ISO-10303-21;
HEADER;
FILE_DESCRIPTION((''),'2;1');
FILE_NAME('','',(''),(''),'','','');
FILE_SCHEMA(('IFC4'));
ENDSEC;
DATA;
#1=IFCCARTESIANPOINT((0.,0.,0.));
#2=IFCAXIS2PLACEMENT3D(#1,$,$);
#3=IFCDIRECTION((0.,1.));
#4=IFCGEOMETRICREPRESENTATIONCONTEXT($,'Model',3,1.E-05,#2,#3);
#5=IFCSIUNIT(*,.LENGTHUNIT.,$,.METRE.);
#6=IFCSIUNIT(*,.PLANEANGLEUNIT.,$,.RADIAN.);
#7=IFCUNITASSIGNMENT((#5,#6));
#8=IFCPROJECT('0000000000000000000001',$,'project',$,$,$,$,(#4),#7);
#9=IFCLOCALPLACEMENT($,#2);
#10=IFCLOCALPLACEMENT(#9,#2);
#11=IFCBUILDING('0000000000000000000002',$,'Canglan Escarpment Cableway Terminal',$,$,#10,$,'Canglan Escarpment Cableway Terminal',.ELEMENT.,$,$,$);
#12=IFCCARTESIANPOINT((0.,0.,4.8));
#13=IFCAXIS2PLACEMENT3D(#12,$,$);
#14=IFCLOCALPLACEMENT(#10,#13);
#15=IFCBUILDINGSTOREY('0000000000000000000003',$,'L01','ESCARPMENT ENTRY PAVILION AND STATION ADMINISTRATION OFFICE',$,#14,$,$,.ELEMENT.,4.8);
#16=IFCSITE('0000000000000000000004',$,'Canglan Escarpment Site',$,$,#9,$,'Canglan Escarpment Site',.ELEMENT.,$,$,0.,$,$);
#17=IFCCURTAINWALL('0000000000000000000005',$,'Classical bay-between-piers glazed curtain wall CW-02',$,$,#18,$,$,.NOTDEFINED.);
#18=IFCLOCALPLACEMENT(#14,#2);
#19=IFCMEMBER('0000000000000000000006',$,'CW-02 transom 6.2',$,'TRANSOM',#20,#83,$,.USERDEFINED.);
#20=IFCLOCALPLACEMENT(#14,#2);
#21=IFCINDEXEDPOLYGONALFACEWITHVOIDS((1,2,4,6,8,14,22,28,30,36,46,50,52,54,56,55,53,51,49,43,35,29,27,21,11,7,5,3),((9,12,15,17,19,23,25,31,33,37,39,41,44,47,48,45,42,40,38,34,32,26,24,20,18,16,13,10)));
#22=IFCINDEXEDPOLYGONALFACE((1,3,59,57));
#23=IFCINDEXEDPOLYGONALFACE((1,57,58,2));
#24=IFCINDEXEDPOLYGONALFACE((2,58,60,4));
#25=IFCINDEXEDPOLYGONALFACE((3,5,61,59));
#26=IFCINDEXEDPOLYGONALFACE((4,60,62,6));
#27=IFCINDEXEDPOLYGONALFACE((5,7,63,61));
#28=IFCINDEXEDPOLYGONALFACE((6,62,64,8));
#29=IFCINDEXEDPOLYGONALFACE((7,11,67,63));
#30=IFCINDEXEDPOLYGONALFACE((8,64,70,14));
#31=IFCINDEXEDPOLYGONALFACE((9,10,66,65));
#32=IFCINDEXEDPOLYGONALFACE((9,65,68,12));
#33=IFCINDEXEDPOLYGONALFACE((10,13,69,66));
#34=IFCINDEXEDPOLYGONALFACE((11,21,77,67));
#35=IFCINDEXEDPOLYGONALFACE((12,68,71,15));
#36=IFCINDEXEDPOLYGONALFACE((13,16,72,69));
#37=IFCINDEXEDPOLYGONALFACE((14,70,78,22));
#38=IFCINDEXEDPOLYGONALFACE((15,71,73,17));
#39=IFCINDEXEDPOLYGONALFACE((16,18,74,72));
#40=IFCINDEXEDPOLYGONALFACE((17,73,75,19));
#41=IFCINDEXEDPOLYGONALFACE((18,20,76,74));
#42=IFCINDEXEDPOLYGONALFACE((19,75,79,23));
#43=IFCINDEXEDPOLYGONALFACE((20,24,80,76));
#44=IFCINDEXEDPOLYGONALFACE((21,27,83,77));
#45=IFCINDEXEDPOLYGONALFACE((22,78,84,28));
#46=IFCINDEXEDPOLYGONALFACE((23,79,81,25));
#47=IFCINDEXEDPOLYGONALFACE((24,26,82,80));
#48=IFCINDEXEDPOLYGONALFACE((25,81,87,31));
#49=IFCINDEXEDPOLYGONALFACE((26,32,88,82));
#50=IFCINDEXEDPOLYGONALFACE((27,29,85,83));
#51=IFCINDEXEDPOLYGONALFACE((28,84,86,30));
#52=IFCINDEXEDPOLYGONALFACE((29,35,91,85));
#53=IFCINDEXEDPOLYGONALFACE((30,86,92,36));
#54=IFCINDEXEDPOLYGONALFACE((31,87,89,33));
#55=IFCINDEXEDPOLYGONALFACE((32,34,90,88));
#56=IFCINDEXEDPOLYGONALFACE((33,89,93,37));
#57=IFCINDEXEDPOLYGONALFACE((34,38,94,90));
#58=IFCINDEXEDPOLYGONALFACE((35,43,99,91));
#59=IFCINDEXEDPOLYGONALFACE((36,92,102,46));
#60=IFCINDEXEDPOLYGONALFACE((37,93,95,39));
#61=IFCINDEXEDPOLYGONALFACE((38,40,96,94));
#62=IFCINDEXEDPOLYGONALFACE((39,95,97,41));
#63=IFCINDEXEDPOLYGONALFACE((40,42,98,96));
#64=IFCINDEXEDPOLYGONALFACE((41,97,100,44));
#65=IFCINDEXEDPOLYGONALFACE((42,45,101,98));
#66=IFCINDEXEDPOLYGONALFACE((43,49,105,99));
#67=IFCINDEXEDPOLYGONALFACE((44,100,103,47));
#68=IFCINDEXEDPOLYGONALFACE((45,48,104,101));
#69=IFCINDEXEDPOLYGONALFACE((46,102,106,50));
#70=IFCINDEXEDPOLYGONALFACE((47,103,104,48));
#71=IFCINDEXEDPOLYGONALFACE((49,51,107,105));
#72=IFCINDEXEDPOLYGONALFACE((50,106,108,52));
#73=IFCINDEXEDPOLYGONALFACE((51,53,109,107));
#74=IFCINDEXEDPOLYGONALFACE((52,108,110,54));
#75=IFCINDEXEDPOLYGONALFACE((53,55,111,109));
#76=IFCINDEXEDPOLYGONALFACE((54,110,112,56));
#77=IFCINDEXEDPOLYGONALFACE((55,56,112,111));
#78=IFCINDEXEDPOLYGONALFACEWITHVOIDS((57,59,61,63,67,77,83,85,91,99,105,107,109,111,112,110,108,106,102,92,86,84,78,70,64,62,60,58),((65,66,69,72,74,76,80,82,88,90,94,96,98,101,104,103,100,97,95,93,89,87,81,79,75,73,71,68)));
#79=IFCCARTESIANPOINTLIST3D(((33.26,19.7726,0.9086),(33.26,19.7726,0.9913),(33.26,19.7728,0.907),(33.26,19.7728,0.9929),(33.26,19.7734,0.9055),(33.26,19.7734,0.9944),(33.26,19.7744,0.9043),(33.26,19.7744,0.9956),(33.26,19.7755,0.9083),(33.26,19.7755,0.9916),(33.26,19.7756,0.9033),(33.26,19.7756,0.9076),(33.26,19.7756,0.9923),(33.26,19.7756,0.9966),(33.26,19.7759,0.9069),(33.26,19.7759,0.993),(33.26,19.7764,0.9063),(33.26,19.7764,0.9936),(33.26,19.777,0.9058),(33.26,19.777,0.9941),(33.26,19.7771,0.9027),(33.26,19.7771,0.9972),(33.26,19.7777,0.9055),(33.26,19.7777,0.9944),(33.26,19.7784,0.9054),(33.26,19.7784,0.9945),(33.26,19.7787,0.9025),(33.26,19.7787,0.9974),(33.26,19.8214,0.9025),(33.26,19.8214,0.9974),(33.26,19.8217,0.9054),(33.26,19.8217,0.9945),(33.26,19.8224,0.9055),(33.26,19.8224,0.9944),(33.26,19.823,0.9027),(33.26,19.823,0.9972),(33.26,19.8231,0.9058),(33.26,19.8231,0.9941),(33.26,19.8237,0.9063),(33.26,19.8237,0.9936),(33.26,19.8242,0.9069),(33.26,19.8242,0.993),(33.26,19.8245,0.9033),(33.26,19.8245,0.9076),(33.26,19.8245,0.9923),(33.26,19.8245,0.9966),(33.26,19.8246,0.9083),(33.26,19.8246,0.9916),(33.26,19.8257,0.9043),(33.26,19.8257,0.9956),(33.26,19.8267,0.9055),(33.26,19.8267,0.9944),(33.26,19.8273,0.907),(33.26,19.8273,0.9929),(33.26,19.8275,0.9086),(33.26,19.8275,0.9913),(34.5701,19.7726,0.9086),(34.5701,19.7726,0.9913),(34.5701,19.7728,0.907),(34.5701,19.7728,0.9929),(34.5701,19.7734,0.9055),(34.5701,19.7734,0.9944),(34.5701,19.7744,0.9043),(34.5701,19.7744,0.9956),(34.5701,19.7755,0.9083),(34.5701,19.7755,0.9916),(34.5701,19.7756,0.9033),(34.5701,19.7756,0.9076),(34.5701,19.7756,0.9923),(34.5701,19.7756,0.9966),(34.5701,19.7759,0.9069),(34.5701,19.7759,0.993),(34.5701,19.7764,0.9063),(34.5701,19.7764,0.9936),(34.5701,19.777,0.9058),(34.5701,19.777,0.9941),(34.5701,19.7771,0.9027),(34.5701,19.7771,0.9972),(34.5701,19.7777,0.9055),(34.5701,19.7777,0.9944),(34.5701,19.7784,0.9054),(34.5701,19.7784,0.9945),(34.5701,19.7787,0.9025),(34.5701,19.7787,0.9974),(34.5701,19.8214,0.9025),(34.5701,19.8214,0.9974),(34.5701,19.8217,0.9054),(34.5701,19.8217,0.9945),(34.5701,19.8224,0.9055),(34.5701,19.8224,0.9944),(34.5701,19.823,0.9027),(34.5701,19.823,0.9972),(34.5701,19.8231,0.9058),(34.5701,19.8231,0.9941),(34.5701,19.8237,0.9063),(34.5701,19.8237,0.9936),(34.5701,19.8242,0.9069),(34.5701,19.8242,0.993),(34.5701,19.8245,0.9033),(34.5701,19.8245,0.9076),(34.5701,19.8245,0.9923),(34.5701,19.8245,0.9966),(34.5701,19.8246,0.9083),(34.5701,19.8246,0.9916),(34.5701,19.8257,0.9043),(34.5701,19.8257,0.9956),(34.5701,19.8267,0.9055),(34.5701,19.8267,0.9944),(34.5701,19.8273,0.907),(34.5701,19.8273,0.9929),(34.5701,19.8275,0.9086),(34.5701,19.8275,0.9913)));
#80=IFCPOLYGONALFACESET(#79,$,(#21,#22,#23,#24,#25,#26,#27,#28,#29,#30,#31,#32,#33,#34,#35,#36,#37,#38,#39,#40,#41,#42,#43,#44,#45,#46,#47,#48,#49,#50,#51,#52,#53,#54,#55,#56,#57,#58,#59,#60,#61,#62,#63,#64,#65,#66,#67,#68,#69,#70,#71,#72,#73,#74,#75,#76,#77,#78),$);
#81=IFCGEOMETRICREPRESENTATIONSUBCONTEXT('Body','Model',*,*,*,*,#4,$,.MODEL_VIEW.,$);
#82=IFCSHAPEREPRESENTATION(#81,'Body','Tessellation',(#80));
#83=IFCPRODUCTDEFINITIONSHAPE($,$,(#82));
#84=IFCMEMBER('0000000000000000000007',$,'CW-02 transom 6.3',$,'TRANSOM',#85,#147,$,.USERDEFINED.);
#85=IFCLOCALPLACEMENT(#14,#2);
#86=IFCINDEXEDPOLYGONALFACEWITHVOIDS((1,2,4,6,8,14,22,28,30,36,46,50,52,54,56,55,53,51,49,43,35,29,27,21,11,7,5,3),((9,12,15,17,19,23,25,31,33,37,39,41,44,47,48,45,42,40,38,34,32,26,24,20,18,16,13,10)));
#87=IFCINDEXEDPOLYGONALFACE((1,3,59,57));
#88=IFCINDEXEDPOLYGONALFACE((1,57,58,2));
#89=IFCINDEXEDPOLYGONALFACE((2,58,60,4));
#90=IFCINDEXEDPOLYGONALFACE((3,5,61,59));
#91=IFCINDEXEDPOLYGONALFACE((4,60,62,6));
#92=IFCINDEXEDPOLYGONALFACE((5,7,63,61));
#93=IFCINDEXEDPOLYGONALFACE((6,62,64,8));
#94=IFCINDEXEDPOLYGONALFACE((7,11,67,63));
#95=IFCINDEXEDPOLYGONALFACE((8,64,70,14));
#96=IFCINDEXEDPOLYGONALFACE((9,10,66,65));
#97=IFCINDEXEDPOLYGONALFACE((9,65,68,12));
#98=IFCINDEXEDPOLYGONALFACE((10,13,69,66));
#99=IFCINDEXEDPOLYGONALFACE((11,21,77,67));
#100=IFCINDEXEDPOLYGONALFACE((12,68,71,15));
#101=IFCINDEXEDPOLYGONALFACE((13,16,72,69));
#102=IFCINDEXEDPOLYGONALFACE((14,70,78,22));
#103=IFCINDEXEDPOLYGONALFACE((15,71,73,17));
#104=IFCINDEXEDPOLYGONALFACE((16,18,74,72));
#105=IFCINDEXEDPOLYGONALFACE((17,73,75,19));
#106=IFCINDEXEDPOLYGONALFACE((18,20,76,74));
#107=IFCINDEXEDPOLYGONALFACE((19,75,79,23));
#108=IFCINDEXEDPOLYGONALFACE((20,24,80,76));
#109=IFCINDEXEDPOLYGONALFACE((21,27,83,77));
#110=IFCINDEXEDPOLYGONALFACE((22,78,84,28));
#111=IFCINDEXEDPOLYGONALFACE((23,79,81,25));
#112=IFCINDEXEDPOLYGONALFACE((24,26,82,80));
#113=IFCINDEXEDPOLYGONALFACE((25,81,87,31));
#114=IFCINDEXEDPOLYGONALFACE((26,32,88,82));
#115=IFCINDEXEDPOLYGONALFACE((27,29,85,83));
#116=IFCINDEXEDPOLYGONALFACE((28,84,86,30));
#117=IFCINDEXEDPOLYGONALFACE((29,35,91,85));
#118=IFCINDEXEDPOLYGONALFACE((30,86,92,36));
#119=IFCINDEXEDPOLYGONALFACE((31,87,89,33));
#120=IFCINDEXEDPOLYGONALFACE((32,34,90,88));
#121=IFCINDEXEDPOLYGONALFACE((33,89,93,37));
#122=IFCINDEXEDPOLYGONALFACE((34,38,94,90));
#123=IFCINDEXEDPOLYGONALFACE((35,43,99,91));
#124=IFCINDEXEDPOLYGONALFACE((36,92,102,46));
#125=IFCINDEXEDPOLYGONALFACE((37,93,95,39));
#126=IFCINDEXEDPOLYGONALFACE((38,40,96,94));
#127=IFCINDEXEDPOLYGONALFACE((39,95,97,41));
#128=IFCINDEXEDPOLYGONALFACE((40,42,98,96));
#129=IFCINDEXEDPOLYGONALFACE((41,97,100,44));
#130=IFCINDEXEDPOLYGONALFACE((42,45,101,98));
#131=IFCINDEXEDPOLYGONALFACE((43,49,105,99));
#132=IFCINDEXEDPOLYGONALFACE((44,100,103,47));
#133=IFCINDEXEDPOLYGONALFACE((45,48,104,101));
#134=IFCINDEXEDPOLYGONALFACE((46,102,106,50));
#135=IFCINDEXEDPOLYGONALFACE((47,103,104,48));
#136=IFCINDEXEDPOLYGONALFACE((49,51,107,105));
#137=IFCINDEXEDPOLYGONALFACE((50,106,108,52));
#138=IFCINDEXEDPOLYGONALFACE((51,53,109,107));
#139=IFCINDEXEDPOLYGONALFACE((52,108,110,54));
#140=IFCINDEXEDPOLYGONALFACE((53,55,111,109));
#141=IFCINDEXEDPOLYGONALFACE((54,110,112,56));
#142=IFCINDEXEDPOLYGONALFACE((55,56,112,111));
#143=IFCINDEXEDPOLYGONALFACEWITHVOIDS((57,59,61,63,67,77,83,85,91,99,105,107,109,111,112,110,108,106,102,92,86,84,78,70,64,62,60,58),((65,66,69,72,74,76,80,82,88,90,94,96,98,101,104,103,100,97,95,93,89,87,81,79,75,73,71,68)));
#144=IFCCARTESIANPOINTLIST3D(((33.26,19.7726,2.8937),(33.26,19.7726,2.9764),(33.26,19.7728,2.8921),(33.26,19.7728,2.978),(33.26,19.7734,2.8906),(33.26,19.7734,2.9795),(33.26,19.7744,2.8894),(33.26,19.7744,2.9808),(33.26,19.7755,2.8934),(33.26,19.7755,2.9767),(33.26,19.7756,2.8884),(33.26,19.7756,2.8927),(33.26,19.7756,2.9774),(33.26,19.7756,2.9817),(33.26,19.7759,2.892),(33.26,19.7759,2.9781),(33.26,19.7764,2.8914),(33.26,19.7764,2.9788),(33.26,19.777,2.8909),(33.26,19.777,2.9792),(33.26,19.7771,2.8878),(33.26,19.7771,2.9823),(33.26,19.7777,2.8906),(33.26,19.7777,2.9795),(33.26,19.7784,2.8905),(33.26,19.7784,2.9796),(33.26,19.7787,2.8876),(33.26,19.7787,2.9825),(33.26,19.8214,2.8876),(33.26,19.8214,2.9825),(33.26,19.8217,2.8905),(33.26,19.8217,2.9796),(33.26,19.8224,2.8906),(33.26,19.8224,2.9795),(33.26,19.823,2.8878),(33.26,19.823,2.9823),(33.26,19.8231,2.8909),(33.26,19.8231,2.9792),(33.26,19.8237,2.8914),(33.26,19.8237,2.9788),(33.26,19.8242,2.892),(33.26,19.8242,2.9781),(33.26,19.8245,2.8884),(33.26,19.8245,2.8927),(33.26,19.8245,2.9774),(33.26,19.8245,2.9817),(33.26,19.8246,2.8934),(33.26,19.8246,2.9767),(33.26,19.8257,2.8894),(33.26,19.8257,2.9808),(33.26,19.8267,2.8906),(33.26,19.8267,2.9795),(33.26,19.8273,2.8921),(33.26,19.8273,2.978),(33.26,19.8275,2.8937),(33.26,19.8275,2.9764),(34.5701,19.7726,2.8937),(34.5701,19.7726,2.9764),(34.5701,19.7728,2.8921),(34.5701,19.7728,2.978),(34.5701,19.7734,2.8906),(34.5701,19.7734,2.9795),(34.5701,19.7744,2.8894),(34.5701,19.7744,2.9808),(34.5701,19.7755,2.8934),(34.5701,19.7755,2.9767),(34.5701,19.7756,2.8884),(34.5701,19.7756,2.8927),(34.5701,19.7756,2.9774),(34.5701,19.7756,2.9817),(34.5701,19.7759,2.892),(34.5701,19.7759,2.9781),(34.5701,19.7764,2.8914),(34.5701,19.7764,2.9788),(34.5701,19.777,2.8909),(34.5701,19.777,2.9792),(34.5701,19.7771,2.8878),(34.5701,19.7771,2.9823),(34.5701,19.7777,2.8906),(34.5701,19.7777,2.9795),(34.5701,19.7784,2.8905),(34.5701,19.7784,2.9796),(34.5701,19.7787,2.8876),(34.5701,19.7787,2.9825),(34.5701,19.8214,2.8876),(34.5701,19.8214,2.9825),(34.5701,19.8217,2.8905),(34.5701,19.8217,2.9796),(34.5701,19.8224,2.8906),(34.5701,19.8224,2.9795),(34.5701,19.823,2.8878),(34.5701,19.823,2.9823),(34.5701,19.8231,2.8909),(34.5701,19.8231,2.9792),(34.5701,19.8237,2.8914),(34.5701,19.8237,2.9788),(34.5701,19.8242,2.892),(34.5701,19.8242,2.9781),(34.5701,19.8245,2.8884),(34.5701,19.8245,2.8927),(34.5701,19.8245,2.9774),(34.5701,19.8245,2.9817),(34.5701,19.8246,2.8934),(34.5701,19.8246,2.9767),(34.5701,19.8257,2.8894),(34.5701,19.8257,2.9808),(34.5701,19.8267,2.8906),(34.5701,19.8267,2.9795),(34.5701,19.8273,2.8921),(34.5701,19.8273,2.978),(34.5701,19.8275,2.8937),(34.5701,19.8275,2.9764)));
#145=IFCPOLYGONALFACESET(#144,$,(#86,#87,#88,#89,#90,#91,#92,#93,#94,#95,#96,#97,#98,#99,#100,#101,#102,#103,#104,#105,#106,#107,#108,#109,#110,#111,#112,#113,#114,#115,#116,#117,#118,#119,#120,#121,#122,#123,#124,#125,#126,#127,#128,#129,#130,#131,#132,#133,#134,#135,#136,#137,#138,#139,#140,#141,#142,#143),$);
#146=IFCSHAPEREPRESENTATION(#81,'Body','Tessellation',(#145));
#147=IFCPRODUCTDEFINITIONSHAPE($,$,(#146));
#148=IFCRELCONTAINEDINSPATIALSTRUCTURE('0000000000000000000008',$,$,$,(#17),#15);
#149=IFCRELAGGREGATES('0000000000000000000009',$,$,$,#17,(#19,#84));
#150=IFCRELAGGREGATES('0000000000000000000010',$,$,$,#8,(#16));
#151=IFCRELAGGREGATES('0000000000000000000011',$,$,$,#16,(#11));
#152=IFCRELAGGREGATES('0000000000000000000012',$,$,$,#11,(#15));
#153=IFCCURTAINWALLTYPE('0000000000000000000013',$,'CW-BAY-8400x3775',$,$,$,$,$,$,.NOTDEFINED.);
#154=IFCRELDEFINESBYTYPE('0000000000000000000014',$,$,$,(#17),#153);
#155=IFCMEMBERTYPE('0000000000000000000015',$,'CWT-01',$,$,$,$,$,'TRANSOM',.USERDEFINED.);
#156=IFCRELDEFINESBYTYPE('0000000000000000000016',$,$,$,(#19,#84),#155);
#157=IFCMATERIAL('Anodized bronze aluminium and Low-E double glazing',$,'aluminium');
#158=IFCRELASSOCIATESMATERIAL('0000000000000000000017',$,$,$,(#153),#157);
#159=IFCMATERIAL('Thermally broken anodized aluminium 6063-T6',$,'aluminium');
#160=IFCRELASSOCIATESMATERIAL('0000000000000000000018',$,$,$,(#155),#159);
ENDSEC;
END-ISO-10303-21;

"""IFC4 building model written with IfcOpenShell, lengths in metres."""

from ifc_helpers import new_model, si_unit, direction, frame, origin, origin_2d, place, context, subcontext, project, spatial, hollow_rectangle, extrude, material, material_profile, profile_set, type_object, element, aggregate, save


model = new_model("IFC4")

# Units and contexts
model_context = context("Model", 3, precision=1e-05, world=origin(), true_north=direction((0.0, 1.0)))
body_context = subcontext(model_context, "Body", "Model", "MODEL_VIEW")
ifc_project = project(units=[si_unit("LENGTHUNIT", "METRE"), si_unit("PLANEANGLEUNIT", "RADIAN")], contexts=[model_context])

# Site, building, storey
site_placement = place(None, origin())
site = spatial("IfcSite", under=ifc_project, at=site_placement, Name="Canglan Escarpment Site", LongName="Canglan Escarpment Site", CompositionType="ELEMENT", RefElevation=0.0)
building_placement = place(site_placement, origin())
building = spatial("IfcBuilding", under=site, at=building_placement, Name="Canglan Escarpment Cableway Terminal", LongName="Canglan Escarpment Cableway Terminal", CompositionType="ELEMENT")
storey_placement = place(building_placement, frame((0.0, 0.0, 4.8)))
storey = spatial("IfcBuildingStorey", under=building, at=storey_placement, Name="L01", Description="ESCARPMENT ENTRY PAVILION AND STATION ADMINISTRATION OFFICE", CompositionType="ELEMENT", Elevation=4.8)

# Curtain wall, members
ifc_material_1 = material(Name="Anodized bronze aluminium and Low-E double glazing", Category="aluminium")
curtain_wall_type = type_object("IfcCurtainWallType", Name="CW-BAY-8400x3775", PredefinedType="NOTDEFINED", material=ifc_material_1)
curtain_wall_placement = place(storey_placement, origin())
curtain_wall = element("IfcCurtainWall", 1, at=curtain_wall_placement, inside=storey, type_object=curtain_wall_type, Name="Classical bay-between-piers glazed curtain wall CW-02", PredefinedType="NOTDEFINED")
ifc_material_2 = material(Name="Thermally broken anodized aluminium 6063-T6", Category="aluminium")
ifc_material_profile_1 = material_profile(ifc_material_2, hollow_rectangle(XDim=0.0549, YDim=0.095, WallThickness=0.0029, InnerFilletRadius=0.0029, OuterFilletRadius=0.0061, at=origin_2d()), Name="ALU-TRAN 55x95x3")
ifc_profile_set_1 = profile_set([ifc_material_profile_1], Name="Thermally broken anodized aluminium 6063-T6")
member_type_1 = type_object("IfcMemberType", Name="CWT-01", ElementType="TRANSOM", PredefinedType="USERDEFINED", material=ifc_profile_set_1)
member_1_placement = place(storey_placement, frame((34.5701, 19.8, 0.95), z_axis=(-1.0, 0.0, 0.0), x_axis=(0.0, -1.0, 0.0)))
member_1 = element("IfcMember", 2, at=member_1_placement, type_object=member_type_1, Name="CW-02 transom 6.2", ObjectType="TRANSOM", PredefinedType="USERDEFINED", context=body_context, shape_type="SweptSolid", body=[
    extrude(hollow_rectangle(XDim=0.0549, YDim=0.095, WallThickness=0.0029, InnerFilletRadius=0.0029, OuterFilletRadius=0.0061, at=origin_2d()), origin(), (0.0, 0.0, 1.0), 1.3101),
])
member_2_placement = place(storey_placement, frame((34.5701, 19.8, 2.9351), z_axis=(-1.0, 0.0, 0.0), x_axis=(0.0, -1.0, 0.0)))
member_2 = element("IfcMember", 3, at=member_2_placement, type_object=member_type_1, Name="CW-02 transom 6.3", ObjectType="TRANSOM", PredefinedType="USERDEFINED", context=body_context, shape_type="SweptSolid", body=[
    extrude(hollow_rectangle(XDim=0.0549, YDim=0.095, WallThickness=0.0029, InnerFilletRadius=0.0029, OuterFilletRadius=0.0061, at=origin_2d()), origin(), (0.0, 0.0, 1.0), 1.3101),
])

aggregate(curtain_wall, [member_1, member_2])

save(model, "model.ifc")
